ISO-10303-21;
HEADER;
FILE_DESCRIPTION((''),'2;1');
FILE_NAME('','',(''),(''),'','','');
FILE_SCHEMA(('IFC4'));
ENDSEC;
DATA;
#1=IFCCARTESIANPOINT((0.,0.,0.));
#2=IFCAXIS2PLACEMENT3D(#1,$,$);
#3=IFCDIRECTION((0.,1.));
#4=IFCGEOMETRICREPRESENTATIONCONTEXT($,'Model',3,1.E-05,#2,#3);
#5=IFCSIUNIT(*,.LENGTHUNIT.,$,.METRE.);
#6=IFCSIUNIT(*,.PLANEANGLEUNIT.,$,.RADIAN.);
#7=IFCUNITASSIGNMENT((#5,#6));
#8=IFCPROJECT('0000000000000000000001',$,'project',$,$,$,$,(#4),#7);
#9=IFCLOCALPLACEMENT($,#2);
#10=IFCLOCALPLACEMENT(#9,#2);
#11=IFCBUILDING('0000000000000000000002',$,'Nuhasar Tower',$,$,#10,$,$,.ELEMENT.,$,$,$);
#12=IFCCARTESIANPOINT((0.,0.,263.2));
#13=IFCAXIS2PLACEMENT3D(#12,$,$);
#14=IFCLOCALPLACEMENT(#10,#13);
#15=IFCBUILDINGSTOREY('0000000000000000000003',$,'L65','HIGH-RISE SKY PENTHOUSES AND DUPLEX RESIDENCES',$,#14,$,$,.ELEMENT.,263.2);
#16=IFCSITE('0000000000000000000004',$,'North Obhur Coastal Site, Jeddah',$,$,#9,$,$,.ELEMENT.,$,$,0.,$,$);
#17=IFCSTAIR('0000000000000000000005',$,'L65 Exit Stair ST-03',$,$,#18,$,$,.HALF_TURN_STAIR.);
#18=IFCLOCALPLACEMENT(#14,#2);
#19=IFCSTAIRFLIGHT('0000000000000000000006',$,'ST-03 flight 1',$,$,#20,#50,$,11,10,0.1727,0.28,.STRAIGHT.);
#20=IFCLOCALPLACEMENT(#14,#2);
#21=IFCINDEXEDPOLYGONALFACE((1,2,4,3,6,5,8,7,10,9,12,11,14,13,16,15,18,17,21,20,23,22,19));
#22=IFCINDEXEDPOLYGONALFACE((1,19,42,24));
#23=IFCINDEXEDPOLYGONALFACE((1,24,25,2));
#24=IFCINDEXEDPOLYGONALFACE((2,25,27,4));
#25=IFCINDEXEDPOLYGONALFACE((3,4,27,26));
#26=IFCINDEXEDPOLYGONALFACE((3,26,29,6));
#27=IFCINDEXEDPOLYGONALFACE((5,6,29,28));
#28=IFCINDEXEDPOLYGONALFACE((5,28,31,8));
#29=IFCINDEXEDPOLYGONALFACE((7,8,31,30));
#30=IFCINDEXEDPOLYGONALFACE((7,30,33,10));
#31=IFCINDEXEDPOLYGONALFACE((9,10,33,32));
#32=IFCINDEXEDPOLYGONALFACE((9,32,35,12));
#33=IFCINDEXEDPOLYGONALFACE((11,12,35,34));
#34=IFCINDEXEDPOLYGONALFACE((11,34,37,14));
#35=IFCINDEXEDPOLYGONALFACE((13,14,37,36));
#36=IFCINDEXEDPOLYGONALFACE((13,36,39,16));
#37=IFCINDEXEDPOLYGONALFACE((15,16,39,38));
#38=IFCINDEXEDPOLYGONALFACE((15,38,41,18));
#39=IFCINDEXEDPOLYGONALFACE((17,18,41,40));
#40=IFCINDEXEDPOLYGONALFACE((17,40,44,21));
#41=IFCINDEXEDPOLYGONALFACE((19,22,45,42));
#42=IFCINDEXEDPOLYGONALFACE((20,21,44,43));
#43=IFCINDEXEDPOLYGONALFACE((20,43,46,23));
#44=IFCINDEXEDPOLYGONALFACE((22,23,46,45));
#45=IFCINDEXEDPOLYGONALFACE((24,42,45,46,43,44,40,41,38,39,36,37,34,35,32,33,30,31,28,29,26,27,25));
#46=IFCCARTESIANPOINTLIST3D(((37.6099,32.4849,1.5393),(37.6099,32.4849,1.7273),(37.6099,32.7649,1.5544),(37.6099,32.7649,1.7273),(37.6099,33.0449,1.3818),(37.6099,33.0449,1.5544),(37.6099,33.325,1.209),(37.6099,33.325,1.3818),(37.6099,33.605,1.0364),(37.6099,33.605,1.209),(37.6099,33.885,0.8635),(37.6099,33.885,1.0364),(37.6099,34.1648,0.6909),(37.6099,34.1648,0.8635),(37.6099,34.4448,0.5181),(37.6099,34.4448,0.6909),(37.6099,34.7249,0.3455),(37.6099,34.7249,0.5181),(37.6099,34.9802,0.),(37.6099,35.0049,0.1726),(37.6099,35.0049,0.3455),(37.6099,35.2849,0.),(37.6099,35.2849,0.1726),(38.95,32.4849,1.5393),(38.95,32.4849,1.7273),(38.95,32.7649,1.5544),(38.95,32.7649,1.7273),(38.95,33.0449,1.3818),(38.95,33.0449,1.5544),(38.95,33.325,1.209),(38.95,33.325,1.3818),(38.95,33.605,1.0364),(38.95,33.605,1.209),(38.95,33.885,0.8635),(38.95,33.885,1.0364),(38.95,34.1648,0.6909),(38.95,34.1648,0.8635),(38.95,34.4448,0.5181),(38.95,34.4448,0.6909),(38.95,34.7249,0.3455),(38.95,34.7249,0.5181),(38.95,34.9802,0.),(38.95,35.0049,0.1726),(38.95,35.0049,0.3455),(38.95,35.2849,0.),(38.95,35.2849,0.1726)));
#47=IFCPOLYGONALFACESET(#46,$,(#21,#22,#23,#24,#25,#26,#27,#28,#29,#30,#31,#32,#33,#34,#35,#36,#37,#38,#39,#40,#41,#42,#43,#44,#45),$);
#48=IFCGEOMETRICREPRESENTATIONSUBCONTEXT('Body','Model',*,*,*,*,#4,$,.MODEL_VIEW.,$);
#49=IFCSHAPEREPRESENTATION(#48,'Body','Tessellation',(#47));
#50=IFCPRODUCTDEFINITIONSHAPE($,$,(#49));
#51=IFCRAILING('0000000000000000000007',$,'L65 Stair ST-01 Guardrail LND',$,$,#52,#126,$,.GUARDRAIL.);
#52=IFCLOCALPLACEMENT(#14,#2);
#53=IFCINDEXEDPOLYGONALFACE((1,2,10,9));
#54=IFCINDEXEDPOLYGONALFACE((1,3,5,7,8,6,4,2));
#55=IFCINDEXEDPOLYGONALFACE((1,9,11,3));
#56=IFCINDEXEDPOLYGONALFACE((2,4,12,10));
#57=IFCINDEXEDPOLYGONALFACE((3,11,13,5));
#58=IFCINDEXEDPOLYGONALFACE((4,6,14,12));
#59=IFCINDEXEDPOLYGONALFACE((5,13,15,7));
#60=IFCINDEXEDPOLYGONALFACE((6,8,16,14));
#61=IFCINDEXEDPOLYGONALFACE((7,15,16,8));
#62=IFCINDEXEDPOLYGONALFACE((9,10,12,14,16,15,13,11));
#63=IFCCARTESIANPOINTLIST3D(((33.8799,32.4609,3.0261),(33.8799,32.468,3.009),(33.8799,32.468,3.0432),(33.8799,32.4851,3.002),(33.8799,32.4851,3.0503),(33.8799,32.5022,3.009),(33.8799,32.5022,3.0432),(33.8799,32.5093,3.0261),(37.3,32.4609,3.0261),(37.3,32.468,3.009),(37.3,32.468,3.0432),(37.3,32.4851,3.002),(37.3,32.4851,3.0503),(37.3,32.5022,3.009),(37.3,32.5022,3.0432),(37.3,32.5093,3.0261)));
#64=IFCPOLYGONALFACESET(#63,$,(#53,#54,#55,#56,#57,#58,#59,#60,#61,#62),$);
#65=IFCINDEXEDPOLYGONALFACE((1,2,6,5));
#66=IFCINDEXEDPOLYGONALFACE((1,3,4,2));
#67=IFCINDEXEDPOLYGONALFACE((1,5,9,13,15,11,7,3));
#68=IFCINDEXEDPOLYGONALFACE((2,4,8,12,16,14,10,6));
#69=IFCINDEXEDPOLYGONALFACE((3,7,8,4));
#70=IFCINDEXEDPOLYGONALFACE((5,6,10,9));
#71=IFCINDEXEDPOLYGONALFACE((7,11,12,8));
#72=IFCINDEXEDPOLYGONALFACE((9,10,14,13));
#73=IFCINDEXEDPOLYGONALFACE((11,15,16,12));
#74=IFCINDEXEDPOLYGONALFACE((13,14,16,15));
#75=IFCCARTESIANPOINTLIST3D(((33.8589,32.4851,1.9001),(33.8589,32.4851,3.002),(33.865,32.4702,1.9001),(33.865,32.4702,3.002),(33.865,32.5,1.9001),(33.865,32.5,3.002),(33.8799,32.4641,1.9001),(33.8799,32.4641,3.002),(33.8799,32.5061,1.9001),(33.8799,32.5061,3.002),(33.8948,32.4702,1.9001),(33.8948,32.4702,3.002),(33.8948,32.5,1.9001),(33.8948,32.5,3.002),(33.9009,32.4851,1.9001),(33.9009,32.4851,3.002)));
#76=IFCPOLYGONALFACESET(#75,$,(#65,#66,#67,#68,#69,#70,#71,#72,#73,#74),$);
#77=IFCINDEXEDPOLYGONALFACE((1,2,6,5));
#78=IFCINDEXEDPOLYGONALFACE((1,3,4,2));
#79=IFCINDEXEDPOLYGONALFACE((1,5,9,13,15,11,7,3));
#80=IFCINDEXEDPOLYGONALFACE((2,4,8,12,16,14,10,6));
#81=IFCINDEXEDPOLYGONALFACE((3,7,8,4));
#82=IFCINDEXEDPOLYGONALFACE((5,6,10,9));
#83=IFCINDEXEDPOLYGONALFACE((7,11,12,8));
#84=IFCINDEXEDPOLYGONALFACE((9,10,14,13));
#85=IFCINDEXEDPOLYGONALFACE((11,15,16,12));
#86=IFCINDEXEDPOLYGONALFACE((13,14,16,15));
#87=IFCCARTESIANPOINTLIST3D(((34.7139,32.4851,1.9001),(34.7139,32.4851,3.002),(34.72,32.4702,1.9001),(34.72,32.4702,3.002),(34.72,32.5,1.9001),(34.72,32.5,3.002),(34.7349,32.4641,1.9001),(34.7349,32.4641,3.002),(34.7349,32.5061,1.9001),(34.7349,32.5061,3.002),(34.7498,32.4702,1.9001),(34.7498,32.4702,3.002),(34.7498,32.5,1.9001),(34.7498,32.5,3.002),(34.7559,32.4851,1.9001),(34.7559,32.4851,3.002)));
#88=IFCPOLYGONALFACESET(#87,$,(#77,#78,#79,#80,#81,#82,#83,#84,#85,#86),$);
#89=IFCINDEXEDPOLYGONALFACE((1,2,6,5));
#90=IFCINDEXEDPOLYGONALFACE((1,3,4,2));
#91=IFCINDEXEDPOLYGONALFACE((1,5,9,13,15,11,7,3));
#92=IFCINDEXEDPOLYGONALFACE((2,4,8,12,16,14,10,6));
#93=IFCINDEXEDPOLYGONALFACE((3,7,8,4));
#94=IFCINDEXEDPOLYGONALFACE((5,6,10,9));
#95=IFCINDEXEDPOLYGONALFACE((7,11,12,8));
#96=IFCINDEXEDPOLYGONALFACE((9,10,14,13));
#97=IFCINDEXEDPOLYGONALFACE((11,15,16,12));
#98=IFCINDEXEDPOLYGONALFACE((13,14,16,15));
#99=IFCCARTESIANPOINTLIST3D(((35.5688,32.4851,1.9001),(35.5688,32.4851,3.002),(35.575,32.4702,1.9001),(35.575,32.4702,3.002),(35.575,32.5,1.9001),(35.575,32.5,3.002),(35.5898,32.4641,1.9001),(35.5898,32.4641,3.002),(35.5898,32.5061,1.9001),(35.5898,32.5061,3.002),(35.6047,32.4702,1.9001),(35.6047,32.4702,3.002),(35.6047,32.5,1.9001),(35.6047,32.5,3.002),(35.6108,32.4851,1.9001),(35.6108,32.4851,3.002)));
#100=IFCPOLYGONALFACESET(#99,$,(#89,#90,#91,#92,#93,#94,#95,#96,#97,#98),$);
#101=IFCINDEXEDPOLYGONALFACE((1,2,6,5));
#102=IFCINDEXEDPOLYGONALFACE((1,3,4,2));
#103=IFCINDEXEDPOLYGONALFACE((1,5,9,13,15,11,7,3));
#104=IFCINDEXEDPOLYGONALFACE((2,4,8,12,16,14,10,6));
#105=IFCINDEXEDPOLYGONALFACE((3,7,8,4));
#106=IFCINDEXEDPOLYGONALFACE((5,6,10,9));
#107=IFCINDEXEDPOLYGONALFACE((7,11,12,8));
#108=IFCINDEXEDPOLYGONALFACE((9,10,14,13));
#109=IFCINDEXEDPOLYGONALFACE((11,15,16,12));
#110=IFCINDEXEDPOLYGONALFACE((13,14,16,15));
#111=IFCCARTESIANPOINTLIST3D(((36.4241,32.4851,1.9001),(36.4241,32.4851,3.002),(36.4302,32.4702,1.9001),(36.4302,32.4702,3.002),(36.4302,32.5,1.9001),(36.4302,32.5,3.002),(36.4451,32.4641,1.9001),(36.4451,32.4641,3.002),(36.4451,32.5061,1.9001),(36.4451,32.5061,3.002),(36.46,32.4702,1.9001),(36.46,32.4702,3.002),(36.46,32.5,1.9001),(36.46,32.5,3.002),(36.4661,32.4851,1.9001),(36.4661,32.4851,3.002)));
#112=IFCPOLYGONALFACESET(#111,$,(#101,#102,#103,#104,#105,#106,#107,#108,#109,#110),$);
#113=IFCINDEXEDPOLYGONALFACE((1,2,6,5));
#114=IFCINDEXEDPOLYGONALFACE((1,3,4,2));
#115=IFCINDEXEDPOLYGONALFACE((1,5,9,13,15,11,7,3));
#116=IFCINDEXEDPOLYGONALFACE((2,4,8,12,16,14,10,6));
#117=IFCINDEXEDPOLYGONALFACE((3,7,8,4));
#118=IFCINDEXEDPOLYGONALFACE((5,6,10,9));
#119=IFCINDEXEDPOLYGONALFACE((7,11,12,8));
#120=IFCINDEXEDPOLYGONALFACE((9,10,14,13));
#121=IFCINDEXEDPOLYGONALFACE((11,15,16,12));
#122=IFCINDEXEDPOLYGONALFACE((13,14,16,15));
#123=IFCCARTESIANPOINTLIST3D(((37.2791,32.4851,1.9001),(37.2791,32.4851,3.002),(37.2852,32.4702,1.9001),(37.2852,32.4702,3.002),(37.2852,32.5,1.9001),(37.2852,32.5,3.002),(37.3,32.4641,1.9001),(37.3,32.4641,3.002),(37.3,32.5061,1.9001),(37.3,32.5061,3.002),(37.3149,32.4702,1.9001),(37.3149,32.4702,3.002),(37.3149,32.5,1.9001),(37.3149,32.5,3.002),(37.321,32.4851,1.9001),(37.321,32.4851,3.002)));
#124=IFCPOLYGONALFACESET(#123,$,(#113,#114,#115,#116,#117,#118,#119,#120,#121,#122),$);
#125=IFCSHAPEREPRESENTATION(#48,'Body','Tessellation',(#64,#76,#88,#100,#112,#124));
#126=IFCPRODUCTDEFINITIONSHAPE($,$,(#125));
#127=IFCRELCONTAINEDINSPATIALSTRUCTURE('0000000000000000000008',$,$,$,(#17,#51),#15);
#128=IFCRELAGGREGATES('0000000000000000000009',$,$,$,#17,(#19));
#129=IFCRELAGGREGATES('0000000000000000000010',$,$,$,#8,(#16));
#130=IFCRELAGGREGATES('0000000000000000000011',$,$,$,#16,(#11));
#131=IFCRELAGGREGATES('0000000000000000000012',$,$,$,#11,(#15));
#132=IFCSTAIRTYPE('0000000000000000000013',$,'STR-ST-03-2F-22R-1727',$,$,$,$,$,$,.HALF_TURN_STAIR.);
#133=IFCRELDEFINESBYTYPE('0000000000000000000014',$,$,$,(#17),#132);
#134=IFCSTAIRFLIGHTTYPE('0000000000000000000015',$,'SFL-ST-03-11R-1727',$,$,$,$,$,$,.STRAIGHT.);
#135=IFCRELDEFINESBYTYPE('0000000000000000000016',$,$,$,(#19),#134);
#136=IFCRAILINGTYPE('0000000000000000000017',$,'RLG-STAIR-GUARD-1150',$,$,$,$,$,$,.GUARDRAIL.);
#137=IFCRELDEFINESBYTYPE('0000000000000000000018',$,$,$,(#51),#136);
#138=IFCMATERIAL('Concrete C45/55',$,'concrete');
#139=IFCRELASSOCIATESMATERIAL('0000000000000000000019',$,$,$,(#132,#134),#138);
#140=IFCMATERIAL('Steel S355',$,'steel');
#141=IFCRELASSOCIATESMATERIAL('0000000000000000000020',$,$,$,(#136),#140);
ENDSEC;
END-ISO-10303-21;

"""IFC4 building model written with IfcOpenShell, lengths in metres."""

from ifc_helpers import new_model, si_unit, direction, frame, origin, place, context, subcontext, project, spatial, polyline, outline, extrude, material, type_object, element, aggregate, save


model = new_model("IFC4")

# Units and contexts
model_context = context("Model", 3, precision=1e-05, world=origin(), true_north=direction((0.0, 1.0)))
body_context = subcontext(model_context, "Body", "Model", "MODEL_VIEW")
ifc_project = project(units=[si_unit("LENGTHUNIT", "METRE"), si_unit("PLANEANGLEUNIT", "RADIAN")], contexts=[model_context])

# Site, building, storey
site_placement = place(None, origin())
site = spatial("IfcSite", under=ifc_project, at=site_placement, Name="North Obhur Coastal Site, Jeddah", CompositionType="ELEMENT", RefElevation=0.0)
building_placement = place(site_placement, origin())
building = spatial("IfcBuilding", under=site, at=building_placement, Name="Nuhasar Tower", CompositionType="ELEMENT")
storey_placement = place(building_placement, frame((0.0, 0.0, 263.2)))
storey = spatial("IfcBuildingStorey", under=building, at=storey_placement, Name="L65", Description="HIGH-RISE SKY PENTHOUSES AND DUPLEX RESIDENCES", CompositionType="ELEMENT", Elevation=263.2)

# Shared definitions
ifc_material_1 = material(Name="Steel S355", Category="steel")

# Shared definitions
ifc_material_2 = material(Name="Concrete C45/55", Category="concrete")

# Stair, stair flight
stair_type_1 = type_object("IfcStairType", Name="STR-ST-03-2F-22R-1727", PredefinedType="HALF_TURN_STAIR", material=ifc_material_2)
stair_1_placement = place(storey_placement, origin())
stair_1 = element("IfcStair", 1, at=stair_1_placement, inside=storey, type_object=stair_type_1, Name="L65 Exit Stair ST-03", PredefinedType="HALF_TURN_STAIR")
stair_flight_type_1 = type_object("IfcStairFlightType", Name="SFL-ST-03-11R-1727", PredefinedType="STRAIGHT", material=ifc_material_2)
stair_flight_1_placement = place(storey_placement, frame((38.28, 35.2849, 0.0), z_axis=(0.0, 0.0, 1.0), x_axis=(0.0, -1.0, 0.0)))
stair_flight_1 = element("IfcStairFlight", 2, at=stair_flight_1_placement, type_object=stair_flight_type_1, Name="ST-03 flight 1", NumberOfRisers=11, NumberOfTreads=10, PredefinedType="STRAIGHT", RiserHeight=0.1727, TreadLength=0.28, context=body_context, shape_type="SweptSolid", body=[
    extrude(outline(polyline([(0.0, 0.0), (0.0, 0.1726), (0.28, 0.1726), (0.28, 0.3455), (0.5601, 0.3455), (0.5601, 0.5181), (0.8401, 0.5181), (0.8401, 0.6909), (1.1201, 0.6909), (1.1201, 0.8635), (1.3999, 0.8635), (1.3999, 1.0364), (1.6799, 1.0364), (1.6799, 1.209), (1.96, 1.209), (1.96, 1.3818), (2.24, 1.3818), (2.24, 1.5544), (2.52, 1.5544), (2.52, 1.7273), (2.8, 1.7273), (2.8, 1.8999), (2.8, 1.5393), (0.3047, 0.0), (0.0, 0.0)])), frame((0.0, 0.6699, 0.0), z_axis=(0.0, -1.0, 0.0), x_axis=(1.0, 0.0, 0.0)), (0.0, 0.0, 1.0), 1.3401),
])
aggregate(stair_1, [stair_flight_1])

# Railing
railing_type_1 = type_object("IfcRailingType", Name="RLG-STAIR-GUARD-1150", PredefinedType="GUARDRAIL", material=ifc_material_1)
railing_1_placement = place(storey_placement, frame((33.8799, 32.4851, 1.9001)))
element("IfcRailing", 3, at=railing_1_placement, inside=storey, type_object=railing_type_1, Name="L65 Stair ST-01 Guardrail LND", PredefinedType="GUARDRAIL", context=body_context, shape_type="SweptSolid", body=[
    extrude(outline(polyline([(0.0242, 0.0), (0.0171, 0.0171), (0.0, 0.0242), (-0.0171, 0.0171), (-0.0242, 0.0), (-0.0171, -0.0171), (0.0, -0.0242), (0.0171, -0.0171), (0.0242, 0.0)])), frame((0.0, 0.0, 1.126), z_axis=(1.0, 0.0, 0.0), x_axis=(0.0, 1.0, 0.0)), (0.0, 0.0, 1.0), 3.4202),
    extrude(outline(polyline([(0.021, 0.0), (0.0149, 0.0149), (0.0, 0.021), (-0.0149, 0.0149), (-0.021, 0.0), (-0.0149, -0.0149), (0.0, -0.021), (0.0149, -0.0149), (0.021, 0.0)])), origin(), (0.0, 0.0, 1.0), 1.1018),
    extrude(outline(polyline([(0.021, 0.0), (0.0149, 0.0149), (0.0, 0.021), (-0.0149, 0.0149), (-0.021, 0.0), (-0.0149, -0.0149), (0.0, -0.021), (0.0149, -0.0149), (0.021, 0.0)])), frame((0.855, 0.0, 0.0)), (0.0, 0.0, 1.0), 1.1018),
    extrude(outline(polyline([(0.021, 0.0), (0.0149, 0.0149), (0.0, 0.021), (-0.0149, 0.0149), (-0.021, 0.0), (-0.0149, -0.0149), (0.0, -0.021), (0.0149, -0.0149), (0.021, 0.0)])), frame((1.71, 0.0, 0.0)), (0.0, 0.0, 1.0), 1.1018),
    extrude(outline(polyline([(0.021, 0.0), (0.0149, 0.0149), (0.0, 0.021), (-0.0149, 0.0149), (-0.021, 0.0), (-0.0149, -0.0149), (0.0, -0.021), (0.0149, -0.0149), (0.021, 0.0)])), frame((2.5652, 0.0, 0.0)), (0.0, 0.0, 1.0), 1.1018),
    extrude(outline(polyline([(0.021, 0.0), (0.0149, 0.0149), (0.0, 0.021), (-0.0149, 0.0149), (-0.021, 0.0), (-0.0149, -0.0149), (0.0, -0.021), (0.0149, -0.0149), (0.021, 0.0)])), frame((3.4202, 0.0, 0.0)), (0.0, 0.0, 1.0), 1.1018),
])

save(model, "model.ifc")
